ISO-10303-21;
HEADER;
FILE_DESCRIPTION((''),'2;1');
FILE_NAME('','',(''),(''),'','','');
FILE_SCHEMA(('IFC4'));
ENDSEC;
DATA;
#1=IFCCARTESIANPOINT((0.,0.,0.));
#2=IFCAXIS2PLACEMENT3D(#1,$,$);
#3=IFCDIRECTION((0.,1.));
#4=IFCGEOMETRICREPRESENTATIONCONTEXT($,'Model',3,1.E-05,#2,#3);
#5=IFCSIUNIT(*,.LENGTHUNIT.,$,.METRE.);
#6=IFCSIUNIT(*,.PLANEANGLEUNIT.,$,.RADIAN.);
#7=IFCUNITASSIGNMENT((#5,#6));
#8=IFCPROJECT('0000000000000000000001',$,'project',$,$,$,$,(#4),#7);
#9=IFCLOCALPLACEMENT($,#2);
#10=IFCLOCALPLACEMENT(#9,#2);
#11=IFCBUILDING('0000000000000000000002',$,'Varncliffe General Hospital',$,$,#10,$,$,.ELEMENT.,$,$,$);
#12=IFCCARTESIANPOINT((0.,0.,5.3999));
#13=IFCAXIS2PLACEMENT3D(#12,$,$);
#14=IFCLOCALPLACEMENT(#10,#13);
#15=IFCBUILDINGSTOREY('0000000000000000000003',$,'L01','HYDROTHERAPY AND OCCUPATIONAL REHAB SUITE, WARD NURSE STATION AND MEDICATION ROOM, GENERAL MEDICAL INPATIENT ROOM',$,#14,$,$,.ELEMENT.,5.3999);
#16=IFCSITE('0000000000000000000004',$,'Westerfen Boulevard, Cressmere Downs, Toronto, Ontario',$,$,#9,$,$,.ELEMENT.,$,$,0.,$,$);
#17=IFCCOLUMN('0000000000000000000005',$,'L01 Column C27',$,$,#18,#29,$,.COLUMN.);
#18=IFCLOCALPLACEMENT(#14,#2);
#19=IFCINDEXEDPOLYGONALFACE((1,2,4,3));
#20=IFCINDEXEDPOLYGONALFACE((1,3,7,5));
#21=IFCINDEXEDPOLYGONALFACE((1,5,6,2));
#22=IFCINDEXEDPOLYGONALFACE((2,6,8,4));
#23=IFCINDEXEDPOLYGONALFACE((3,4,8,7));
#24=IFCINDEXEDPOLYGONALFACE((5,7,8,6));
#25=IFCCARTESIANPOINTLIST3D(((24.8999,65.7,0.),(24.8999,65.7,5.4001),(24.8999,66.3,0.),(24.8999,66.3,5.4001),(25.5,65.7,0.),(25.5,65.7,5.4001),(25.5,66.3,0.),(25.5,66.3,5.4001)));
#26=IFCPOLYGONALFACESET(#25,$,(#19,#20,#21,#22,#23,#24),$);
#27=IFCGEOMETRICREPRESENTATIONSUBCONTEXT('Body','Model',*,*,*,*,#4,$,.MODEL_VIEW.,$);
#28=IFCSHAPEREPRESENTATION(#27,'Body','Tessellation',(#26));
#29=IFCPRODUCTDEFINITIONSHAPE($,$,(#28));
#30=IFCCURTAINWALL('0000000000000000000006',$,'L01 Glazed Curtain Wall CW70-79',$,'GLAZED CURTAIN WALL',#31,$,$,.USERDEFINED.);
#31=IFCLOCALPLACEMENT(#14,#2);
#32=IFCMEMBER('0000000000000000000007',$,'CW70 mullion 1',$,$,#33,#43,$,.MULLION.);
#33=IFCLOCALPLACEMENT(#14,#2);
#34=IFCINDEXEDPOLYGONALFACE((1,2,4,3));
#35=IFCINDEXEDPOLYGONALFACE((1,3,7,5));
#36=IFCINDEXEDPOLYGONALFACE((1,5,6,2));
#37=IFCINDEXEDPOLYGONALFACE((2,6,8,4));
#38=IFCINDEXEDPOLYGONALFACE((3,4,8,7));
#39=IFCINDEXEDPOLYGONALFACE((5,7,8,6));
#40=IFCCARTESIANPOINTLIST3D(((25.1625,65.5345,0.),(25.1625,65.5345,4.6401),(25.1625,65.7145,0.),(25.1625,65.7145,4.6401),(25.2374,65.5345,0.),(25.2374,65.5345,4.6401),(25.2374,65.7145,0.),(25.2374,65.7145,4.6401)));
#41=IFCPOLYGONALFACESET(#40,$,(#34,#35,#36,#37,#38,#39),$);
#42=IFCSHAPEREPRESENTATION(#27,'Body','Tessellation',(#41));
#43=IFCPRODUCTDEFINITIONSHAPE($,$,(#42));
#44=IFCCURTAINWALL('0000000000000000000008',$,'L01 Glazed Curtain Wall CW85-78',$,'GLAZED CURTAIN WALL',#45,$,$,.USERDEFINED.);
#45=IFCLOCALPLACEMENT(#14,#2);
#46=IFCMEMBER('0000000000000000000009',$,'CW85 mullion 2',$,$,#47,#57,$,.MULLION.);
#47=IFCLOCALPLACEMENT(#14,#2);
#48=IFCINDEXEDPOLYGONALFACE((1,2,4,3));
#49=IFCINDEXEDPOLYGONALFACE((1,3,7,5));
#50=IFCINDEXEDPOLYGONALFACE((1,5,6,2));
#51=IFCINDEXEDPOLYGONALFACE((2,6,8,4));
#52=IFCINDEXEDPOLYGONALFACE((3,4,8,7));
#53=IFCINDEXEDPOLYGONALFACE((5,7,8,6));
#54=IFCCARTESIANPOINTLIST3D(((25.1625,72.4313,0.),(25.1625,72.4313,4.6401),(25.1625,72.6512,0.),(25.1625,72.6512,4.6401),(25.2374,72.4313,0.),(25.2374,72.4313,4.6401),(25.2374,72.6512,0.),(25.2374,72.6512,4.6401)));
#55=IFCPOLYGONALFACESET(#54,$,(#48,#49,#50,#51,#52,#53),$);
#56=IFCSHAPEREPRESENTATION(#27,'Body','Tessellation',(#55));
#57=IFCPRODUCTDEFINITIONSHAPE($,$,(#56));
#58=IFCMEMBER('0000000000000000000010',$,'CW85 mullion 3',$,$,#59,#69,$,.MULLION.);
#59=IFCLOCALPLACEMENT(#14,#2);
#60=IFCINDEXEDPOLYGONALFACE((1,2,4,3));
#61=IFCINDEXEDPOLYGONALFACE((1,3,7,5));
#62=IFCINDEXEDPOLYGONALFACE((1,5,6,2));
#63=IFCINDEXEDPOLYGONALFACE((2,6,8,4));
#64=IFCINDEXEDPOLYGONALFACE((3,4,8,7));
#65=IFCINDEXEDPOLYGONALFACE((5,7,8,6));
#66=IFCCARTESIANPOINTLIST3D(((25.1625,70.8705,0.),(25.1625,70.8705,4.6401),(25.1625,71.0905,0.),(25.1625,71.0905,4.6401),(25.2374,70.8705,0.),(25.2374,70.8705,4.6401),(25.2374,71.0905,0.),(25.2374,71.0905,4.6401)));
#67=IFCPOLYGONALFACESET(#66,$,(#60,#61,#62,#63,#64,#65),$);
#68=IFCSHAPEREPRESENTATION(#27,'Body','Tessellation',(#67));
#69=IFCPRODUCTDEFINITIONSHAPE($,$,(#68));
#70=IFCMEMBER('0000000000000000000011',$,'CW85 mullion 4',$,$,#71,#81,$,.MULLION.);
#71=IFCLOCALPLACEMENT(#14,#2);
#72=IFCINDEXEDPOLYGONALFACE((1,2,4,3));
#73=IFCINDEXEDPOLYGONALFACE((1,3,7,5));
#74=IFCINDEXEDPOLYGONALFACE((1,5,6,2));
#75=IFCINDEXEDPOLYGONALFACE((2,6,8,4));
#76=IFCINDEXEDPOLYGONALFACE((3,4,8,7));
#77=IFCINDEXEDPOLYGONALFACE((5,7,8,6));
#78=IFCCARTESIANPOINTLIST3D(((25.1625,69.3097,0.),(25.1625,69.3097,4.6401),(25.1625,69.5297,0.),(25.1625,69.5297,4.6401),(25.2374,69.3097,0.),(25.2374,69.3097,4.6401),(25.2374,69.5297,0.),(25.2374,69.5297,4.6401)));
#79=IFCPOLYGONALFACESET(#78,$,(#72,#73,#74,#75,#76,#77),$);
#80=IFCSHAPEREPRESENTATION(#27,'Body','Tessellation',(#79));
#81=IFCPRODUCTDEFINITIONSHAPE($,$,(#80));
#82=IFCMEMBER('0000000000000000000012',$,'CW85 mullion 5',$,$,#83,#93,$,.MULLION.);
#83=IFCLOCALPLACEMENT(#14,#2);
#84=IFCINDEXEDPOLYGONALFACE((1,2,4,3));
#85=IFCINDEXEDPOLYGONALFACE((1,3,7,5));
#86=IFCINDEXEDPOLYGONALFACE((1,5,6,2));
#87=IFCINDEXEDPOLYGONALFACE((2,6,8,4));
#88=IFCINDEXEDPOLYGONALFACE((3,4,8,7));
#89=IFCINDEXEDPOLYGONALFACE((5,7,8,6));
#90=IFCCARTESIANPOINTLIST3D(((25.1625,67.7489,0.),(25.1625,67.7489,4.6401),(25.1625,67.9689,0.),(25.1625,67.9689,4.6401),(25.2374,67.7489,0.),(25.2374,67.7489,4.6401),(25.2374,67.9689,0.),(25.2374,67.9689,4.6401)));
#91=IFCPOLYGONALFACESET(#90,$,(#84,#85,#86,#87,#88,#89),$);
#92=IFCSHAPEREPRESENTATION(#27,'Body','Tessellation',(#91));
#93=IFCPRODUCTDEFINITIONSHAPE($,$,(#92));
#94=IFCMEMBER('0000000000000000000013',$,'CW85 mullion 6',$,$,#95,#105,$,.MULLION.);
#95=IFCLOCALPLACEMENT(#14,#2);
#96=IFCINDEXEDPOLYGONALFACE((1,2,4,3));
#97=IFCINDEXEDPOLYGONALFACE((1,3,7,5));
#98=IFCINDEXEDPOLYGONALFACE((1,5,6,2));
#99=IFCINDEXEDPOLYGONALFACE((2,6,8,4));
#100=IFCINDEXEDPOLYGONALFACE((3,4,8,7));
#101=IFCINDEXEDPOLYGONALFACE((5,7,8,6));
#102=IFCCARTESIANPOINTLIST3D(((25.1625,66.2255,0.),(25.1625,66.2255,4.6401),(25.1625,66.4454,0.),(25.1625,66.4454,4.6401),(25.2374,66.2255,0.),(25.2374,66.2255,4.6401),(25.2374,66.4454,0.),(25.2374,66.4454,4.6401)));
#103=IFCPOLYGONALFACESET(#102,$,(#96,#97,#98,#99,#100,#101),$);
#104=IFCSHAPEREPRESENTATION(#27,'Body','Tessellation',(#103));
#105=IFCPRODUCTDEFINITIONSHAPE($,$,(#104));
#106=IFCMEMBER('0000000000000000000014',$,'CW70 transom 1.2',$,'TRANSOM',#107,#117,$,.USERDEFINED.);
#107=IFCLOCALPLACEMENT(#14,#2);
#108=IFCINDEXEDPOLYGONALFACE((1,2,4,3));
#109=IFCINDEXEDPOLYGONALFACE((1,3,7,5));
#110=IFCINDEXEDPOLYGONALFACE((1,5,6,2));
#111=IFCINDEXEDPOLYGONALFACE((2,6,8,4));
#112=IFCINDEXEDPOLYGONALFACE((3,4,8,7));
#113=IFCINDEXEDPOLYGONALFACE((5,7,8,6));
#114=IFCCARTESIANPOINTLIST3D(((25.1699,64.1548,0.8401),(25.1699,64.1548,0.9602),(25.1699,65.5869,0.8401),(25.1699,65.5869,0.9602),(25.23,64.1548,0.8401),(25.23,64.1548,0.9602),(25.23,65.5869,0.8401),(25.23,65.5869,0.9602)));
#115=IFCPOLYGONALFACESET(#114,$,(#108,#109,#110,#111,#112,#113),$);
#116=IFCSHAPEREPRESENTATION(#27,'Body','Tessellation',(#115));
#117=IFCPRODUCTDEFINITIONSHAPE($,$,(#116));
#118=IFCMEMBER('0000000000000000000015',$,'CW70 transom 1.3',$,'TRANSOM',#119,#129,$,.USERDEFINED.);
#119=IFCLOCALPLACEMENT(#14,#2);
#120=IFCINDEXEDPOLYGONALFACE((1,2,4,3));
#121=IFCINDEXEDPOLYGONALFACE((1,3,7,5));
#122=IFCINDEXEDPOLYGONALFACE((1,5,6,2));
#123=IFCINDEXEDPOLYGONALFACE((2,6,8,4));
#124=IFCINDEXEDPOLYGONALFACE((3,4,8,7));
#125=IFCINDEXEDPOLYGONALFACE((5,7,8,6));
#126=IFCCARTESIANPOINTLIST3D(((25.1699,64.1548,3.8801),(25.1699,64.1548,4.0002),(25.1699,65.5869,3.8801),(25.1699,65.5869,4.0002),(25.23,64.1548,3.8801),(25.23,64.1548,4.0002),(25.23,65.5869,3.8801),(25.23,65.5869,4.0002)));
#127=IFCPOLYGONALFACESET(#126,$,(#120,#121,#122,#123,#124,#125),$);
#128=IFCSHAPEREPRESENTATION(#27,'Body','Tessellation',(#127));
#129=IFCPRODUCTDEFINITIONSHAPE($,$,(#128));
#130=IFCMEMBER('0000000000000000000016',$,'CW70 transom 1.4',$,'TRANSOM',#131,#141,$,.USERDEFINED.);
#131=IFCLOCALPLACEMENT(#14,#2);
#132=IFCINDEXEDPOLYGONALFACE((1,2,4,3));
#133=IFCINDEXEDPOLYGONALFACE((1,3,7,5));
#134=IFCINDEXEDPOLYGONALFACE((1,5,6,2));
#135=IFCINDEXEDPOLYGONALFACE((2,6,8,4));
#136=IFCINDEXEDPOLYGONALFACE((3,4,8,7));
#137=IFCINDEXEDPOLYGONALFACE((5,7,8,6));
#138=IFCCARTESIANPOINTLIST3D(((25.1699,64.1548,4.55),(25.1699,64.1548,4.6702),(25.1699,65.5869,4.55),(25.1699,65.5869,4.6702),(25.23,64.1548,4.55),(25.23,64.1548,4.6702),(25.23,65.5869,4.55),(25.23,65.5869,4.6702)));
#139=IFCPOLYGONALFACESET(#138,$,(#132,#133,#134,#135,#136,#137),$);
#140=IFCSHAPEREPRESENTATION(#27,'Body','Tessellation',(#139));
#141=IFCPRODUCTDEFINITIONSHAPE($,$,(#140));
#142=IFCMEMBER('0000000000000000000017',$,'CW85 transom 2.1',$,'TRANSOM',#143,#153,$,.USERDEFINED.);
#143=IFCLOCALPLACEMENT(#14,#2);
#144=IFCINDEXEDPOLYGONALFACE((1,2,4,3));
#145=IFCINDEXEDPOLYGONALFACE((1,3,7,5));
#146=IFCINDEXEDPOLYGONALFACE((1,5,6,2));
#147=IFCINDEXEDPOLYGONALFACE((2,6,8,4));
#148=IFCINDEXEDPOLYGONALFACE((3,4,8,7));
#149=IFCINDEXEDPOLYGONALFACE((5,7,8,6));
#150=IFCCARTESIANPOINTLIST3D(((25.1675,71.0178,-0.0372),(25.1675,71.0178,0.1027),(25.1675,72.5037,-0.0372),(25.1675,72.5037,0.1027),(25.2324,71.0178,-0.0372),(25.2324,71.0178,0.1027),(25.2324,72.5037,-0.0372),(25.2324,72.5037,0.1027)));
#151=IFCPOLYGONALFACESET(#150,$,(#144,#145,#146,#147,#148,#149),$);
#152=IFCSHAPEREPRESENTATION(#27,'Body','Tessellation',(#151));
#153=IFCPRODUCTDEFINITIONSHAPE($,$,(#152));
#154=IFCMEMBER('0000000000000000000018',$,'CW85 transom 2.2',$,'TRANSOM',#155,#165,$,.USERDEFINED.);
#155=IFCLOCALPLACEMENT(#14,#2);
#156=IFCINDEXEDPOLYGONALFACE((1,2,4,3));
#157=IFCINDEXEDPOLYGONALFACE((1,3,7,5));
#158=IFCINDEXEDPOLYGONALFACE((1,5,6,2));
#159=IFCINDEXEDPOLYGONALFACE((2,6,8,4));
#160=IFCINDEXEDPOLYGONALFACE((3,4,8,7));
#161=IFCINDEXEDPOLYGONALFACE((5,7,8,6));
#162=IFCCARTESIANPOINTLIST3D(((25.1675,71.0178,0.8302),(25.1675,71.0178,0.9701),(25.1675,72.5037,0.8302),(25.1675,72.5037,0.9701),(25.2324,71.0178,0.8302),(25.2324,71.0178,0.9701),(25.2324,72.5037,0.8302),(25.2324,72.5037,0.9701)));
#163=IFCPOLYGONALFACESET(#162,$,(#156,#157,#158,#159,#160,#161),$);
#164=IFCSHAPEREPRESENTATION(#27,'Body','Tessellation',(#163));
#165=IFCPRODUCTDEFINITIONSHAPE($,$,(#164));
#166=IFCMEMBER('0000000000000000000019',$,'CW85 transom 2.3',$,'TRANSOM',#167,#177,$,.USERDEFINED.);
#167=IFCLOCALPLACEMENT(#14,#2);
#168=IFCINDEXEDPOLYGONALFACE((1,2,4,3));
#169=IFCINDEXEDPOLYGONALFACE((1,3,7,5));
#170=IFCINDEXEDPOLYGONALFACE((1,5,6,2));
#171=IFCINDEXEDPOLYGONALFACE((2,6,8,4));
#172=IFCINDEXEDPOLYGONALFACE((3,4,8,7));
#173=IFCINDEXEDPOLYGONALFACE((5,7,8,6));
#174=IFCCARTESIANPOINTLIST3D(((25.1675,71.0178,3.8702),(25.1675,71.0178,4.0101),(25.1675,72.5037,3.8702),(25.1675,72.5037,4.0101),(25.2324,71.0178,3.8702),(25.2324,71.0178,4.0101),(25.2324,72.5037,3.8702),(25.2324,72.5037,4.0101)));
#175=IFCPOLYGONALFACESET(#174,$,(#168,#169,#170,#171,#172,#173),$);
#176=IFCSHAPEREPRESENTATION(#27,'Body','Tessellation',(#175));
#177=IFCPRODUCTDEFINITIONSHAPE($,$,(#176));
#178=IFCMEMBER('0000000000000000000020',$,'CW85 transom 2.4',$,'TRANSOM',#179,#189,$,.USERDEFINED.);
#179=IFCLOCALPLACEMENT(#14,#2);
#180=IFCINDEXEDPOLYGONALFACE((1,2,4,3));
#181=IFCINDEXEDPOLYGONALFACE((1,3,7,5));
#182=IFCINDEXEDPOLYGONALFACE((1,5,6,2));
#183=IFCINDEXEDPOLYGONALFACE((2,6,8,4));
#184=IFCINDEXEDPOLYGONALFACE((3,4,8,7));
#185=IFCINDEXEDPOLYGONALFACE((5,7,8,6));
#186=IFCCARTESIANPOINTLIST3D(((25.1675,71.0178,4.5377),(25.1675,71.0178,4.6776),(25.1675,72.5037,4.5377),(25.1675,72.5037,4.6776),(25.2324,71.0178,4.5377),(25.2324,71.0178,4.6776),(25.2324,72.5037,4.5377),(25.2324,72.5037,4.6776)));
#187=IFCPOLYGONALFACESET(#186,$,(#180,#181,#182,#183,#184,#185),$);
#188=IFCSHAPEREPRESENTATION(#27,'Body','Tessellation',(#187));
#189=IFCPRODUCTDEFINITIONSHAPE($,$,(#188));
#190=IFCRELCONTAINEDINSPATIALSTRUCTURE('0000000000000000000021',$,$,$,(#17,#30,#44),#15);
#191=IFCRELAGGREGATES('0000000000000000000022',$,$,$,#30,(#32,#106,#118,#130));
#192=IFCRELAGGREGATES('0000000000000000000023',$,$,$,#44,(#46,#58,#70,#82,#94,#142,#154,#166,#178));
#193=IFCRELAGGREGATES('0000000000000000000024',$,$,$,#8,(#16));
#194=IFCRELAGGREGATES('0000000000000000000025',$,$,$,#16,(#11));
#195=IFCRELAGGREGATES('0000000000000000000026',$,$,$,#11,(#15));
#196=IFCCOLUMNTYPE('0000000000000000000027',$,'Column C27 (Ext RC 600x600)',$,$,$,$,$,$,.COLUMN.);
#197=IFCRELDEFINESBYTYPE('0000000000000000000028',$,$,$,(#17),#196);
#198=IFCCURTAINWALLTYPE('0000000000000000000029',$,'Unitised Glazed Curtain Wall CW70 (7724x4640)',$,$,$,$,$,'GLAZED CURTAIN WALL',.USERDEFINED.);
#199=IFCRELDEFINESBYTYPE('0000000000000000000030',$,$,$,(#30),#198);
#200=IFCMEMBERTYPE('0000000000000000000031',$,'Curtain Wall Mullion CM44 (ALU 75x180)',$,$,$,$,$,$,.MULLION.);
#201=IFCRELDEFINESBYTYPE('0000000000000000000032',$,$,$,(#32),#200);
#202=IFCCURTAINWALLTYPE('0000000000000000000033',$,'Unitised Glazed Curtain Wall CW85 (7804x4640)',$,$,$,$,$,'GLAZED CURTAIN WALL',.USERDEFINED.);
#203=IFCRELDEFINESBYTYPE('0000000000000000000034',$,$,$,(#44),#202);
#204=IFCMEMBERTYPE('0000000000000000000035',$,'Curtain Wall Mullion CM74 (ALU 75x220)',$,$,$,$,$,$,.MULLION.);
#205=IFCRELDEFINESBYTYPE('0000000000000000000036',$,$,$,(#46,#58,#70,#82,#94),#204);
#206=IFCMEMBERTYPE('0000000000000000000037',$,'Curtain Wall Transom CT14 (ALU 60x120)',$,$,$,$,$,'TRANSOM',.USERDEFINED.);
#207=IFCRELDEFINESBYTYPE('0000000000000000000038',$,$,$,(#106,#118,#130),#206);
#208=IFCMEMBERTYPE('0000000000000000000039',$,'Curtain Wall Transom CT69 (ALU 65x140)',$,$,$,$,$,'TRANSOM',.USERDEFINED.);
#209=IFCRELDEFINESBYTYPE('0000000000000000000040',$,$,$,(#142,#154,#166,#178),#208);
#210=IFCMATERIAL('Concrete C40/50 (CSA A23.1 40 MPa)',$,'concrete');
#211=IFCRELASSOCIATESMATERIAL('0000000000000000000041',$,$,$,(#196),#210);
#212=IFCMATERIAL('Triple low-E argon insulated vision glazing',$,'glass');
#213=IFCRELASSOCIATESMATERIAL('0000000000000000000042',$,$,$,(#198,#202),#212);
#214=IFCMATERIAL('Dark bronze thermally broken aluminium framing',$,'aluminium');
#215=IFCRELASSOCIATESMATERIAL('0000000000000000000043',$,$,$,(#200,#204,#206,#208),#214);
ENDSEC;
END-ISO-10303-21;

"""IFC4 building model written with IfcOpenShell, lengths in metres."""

from ifc_helpers import new_model, si_unit, direction, frame, origin, origin_2d, place, context, subcontext, project, spatial, rectangle, extrude, material, material_profile, profile_set, type_object, element, aggregate, save


model = new_model("IFC4")

# Units and contexts
model_context = context("Model", 3, precision=1e-05, world=origin(), true_north=direction((0.0, 1.0)))
body_context = subcontext(model_context, "Body", "Model", "MODEL_VIEW")
ifc_project = project(units=[si_unit("LENGTHUNIT", "METRE"), si_unit("PLANEANGLEUNIT", "RADIAN")], contexts=[model_context])

# Site, building, storey
site_placement = place(None, origin())
site = spatial("IfcSite", under=ifc_project, at=site_placement, Name="Westerfen Boulevard, Cressmere Downs, Toronto, Ontario", CompositionType="ELEMENT", RefElevation=0.0)
building_placement = place(site_placement, origin())
building = spatial("IfcBuilding", under=site, at=building_placement, Name="Varncliffe General Hospital", CompositionType="ELEMENT")
storey_placement = place(building_placement, frame((0.0, 0.0, 5.3999)))
storey = spatial("IfcBuildingStorey", under=building, at=storey_placement, Name="L01", Description="HYDROTHERAPY AND OCCUPATIONAL REHAB SUITE, WARD NURSE STATION AND MEDICATION ROOM, GENERAL MEDICAL INPATIENT ROOM", CompositionType="ELEMENT", Elevation=5.3999)

# Column
ifc_material_1 = material(Name="Concrete C40/50 (CSA A23.1 40 MPa)", Category="concrete")
ifc_material_profile_1 = material_profile(ifc_material_1, rectangle(XDim=0.6001, YDim=0.6001, at=origin_2d()), Name="RC 600x600")
ifc_profile_set_1 = profile_set([ifc_material_profile_1], Name="Concrete C40/50 (CSA A23.1 40 MPa)")
column_type = type_object("IfcColumnType", Name="Column C27 (Ext RC 600x600)", PredefinedType="COLUMN", material=ifc_profile_set_1)
column_placement = place(storey_placement, frame((25.2, 66.0, 0.0), z_axis=(0.0, 0.0, 1.0), x_axis=(1.0, 0.0, 0.0)))
element("IfcColumn", 1, at=column_placement, inside=storey, type_object=column_type, Name="L01 Column C27", PredefinedType="COLUMN", context=body_context, shape_type="SweptSolid", body=[
    extrude(rectangle(XDim=0.6001, YDim=0.6001, at=origin_2d()), origin(), (0.0, 0.0, 1.0), 5.4001),
])

# Curtain wall, member
ifc_material_2 = material(Name="Triple low-E argon insulated vision glazing", Category="glass")
curtain_wall_type_1 = type_object("IfcCurtainWallType", Name="Unitised Glazed Curtain Wall CW70 (7724x4640)", ElementType="GLAZED CURTAIN WALL", PredefinedType="USERDEFINED", material=ifc_material_2)
curtain_wall_1_placement = place(storey_placement, origin())
curtain_wall_1 = element("IfcCurtainWall", 2, at=curtain_wall_1_placement, inside=storey, type_object=curtain_wall_type_1, Name="L01 Glazed Curtain Wall CW70-79", ObjectType="GLAZED CURTAIN WALL", PredefinedType="USERDEFINED")
ifc_material_3 = material(Name="Dark bronze thermally broken aluminium framing", Category="aluminium")
ifc_material_profile_2 = material_profile(ifc_material_3, rectangle(XDim=0.075, YDim=0.1799, at=origin_2d()), Name="ALU 75x180")
ifc_profile_set_2 = profile_set([ifc_material_profile_2], Name="Dark bronze thermally broken aluminium framing")
member_type_1 = type_object("IfcMemberType", Name="Curtain Wall Mullion CM44 (ALU 75x180)", PredefinedType="MULLION", material=ifc_profile_set_2)
member_1_placement = place(storey_placement, frame((25.2, 65.6245, 0.0), z_axis=(0.0, 0.0, 1.0), x_axis=(1.0, 0.0, 0.0)))
member_1 = element("IfcMember", 3, at=member_1_placement, type_object=member_type_1, Name="CW70 mullion 1", PredefinedType="MULLION", context=body_context, shape_type="SweptSolid", body=[
    extrude(rectangle(XDim=0.075, YDim=0.1799, at=origin_2d()), origin(), (0.0, 0.0, 1.0), 4.6401),
])

# Curtain wall, members
curtain_wall_type_2 = type_object("IfcCurtainWallType", Name="Unitised Glazed Curtain Wall CW85 (7804x4640)", ElementType="GLAZED CURTAIN WALL", PredefinedType="USERDEFINED", material=ifc_material_2)
curtain_wall_2_placement = place(storey_placement, origin())
curtain_wall_2 = element("IfcCurtainWall", 4, at=curtain_wall_2_placement, inside=storey, type_object=curtain_wall_type_2, Name="L01 Glazed Curtain Wall CW85-78", ObjectType="GLAZED CURTAIN WALL", PredefinedType="USERDEFINED")
ifc_material_profile_3 = material_profile(ifc_material_3, rectangle(XDim=0.075, YDim=0.22, at=origin_2d()), Name="ALU 75x220")
ifc_profile_set_3 = profile_set([ifc_material_profile_3], Name="Dark bronze thermally broken aluminium framing")
member_type_2 = type_object("IfcMemberType", Name="Curtain Wall Mullion CM74 (ALU 75x220)", PredefinedType="MULLION", material=ifc_profile_set_3)
member_2_placement = place(storey_placement, frame((25.2, 72.5413, 0.0), z_axis=(0.0, 0.0, 1.0), x_axis=(1.0, 0.0, 0.0)))
member_2 = element("IfcMember", 5, at=member_2_placement, type_object=member_type_2, Name="CW85 mullion 2", PredefinedType="MULLION", context=body_context, shape_type="SweptSolid", body=[
    extrude(rectangle(XDim=0.075, YDim=0.22, at=origin_2d()), origin(), (0.0, 0.0, 1.0), 4.6401),
])
member_3_placement = place(storey_placement, frame((25.2, 70.9805, 0.0), z_axis=(0.0, 0.0, 1.0), x_axis=(1.0, 0.0, 0.0)))
member_3 = element("IfcMember", 6, at=member_3_placement, type_object=member_type_2, Name="CW85 mullion 3", PredefinedType="MULLION", context=body_context, shape_type="SweptSolid", body=[
    extrude(rectangle(XDim=0.075, YDim=0.22, at=origin_2d()), origin(), (0.0, 0.0, 1.0), 4.6401),
])
member_4_placement = place(storey_placement, frame((25.2, 69.4197, 0.0), z_axis=(0.0, 0.0, 1.0), x_axis=(1.0, 0.0, 0.0)))
member_4 = element("IfcMember", 7, at=member_4_placement, type_object=member_type_2, Name="CW85 mullion 4", PredefinedType="MULLION", context=body_context, shape_type="SweptSolid", body=[
    extrude(rectangle(XDim=0.075, YDim=0.22, at=origin_2d()), origin(), (0.0, 0.0, 1.0), 4.6401),
])
member_5_placement = place(storey_placement, frame((25.2, 67.8589, 0.0), z_axis=(0.0, 0.0, 1.0), x_axis=(1.0, 0.0, 0.0)))
member_5 = element("IfcMember", 8, at=member_5_placement, type_object=member_type_2, Name="CW85 mullion 5", PredefinedType="MULLION", context=body_context, shape_type="SweptSolid", body=[
    extrude(rectangle(XDim=0.075, YDim=0.22, at=origin_2d()), origin(), (0.0, 0.0, 1.0), 4.6401),
])
member_6_placement = place(storey_placement, frame((25.2, 66.3354, 0.0), z_axis=(0.0, 0.0, 1.0), x_axis=(1.0, 0.0, 0.0)))
member_6 = element("IfcMember", 9, at=member_6_placement, type_object=member_type_2, Name="CW85 mullion 6", PredefinedType="MULLION", context=body_context, shape_type="SweptSolid", body=[
    extrude(rectangle(XDim=0.075, YDim=0.22, at=origin_2d()), origin(), (0.0, 0.0, 1.0), 4.6401),
])

# Members
ifc_material_profile_4 = material_profile(ifc_material_3, rectangle(XDim=0.0601, YDim=0.1201, at=origin_2d()), Name="ALU 60x120")
ifc_profile_set_4 = profile_set([ifc_material_profile_4], Name="Dark bronze thermally broken aluminium framing")
member_type_3 = type_object("IfcMemberType", Name="Curtain Wall Transom CT14 (ALU 60x120)", ElementType="TRANSOM", PredefinedType="USERDEFINED", material=ifc_profile_set_4)
member_7_placement = place(storey_placement, frame((25.2, 65.5869, 0.9001), z_axis=(0.0, -1.0, 0.0), x_axis=(1.0, 0.0, 0.0)))
member_7 = element("IfcMember", 10, at=member_7_placement, type_object=member_type_3, Name="CW70 transom 1.2", ObjectType="TRANSOM", PredefinedType="USERDEFINED", context=body_context, shape_type="SweptSolid", body=[
    extrude(rectangle(XDim=0.0601, YDim=0.1201, at=origin_2d()), origin(), (0.0, 0.0, 1.0), 1.4321),
])
member_8_placement = place(storey_placement, frame((25.2, 65.5869, 3.9402), z_axis=(0.0, -1.0, 0.0), x_axis=(1.0, 0.0, 0.0)))
member_8 = element("IfcMember", 11, at=member_8_placement, type_object=member_type_3, Name="CW70 transom 1.3", ObjectType="TRANSOM", PredefinedType="USERDEFINED", context=body_context, shape_type="SweptSolid", body=[
    extrude(rectangle(XDim=0.0601, YDim=0.1201, at=origin_2d()), origin(), (0.0, 0.0, 1.0), 1.4321),
])
member_9_placement = place(storey_placement, frame((25.2, 65.5869, 4.6101), z_axis=(0.0, -1.0, 0.0), x_axis=(1.0, 0.0, 0.0)))
member_9 = element("IfcMember", 12, at=member_9_placement, type_object=member_type_3, Name="CW70 transom 1.4", ObjectType="TRANSOM", PredefinedType="USERDEFINED", context=body_context, shape_type="SweptSolid", body=[
    extrude(rectangle(XDim=0.0601, YDim=0.1201, at=origin_2d()), origin(), (0.0, 0.0, 1.0), 1.4321),
])
aggregate(curtain_wall_1, [member_1, member_7, member_8, member_9])
ifc_material_profile_5 = material_profile(ifc_material_3, rectangle(XDim=0.0649, YDim=0.1399, at=origin_2d()), Name="ALU 65x140")
ifc_profile_set_5 = profile_set([ifc_material_profile_5], Name="Dark bronze thermally broken aluminium framing")
member_type_4 = type_object("IfcMemberType", Name="Curtain Wall Transom CT69 (ALU 65x140)", ElementType="TRANSOM", PredefinedType="USERDEFINED", material=ifc_profile_set_5)
member_10_placement = place(storey_placement, frame((25.2, 72.5037, 0.0327), z_axis=(0.0, -1.0, 0.0), x_axis=(1.0, 0.0, 0.0)))
member_10 = element("IfcMember", 13, at=member_10_placement, type_object=member_type_4, Name="CW85 transom 2.1", ObjectType="TRANSOM", PredefinedType="USERDEFINED", context=body_context, shape_type="SweptSolid", body=[
    extrude(rectangle(XDim=0.0649, YDim=0.1399, at=origin_2d()), origin(), (0.0, 0.0, 1.0), 1.4858),
])
member_11_placement = place(storey_placement, frame((25.2, 72.5037, 0.9001), z_axis=(0.0, -1.0, 0.0), x_axis=(1.0, 0.0, 0.0)))
member_11 = element("IfcMember", 14, at=member_11_placement, type_object=member_type_4, Name="CW85 transom 2.2", ObjectType="TRANSOM", PredefinedType="USERDEFINED", context=body_context, shape_type="SweptSolid", body=[
    extrude(rectangle(XDim=0.0649, YDim=0.1399, at=origin_2d()), origin(), (0.0, 0.0, 1.0), 1.4858),
])
member_12_placement = place(storey_placement, frame((25.2, 72.5037, 3.9402), z_axis=(0.0, -1.0, 0.0), x_axis=(1.0, 0.0, 0.0)))
member_12 = element("IfcMember", 15, at=member_12_placement, type_object=member_type_4, Name="CW85 transom 2.3", ObjectType="TRANSOM", PredefinedType="USERDEFINED", context=body_context, shape_type="SweptSolid", body=[
    extrude(rectangle(XDim=0.0649, YDim=0.1399, at=origin_2d()), origin(), (0.0, 0.0, 1.0), 1.4858),
])
member_13_placement = place(storey_placement, frame((25.2, 72.5037, 4.6077), z_axis=(0.0, -1.0, 0.0), x_axis=(1.0, 0.0, 0.0)))
member_13 = element("IfcMember", 16, at=member_13_placement, type_object=member_type_4, Name="CW85 transom 2.4", ObjectType="TRANSOM", PredefinedType="USERDEFINED", context=body_context, shape_type="SweptSolid", body=[
    extrude(rectangle(XDim=0.0649, YDim=0.1399, at=origin_2d()), origin(), (0.0, 0.0, 1.0), 1.4858),
])

aggregate(curtain_wall_2, [member_2, member_3, member_4, member_5, member_6, member_10, member_11, member_12, member_13])

save(model, "model.ifc")
